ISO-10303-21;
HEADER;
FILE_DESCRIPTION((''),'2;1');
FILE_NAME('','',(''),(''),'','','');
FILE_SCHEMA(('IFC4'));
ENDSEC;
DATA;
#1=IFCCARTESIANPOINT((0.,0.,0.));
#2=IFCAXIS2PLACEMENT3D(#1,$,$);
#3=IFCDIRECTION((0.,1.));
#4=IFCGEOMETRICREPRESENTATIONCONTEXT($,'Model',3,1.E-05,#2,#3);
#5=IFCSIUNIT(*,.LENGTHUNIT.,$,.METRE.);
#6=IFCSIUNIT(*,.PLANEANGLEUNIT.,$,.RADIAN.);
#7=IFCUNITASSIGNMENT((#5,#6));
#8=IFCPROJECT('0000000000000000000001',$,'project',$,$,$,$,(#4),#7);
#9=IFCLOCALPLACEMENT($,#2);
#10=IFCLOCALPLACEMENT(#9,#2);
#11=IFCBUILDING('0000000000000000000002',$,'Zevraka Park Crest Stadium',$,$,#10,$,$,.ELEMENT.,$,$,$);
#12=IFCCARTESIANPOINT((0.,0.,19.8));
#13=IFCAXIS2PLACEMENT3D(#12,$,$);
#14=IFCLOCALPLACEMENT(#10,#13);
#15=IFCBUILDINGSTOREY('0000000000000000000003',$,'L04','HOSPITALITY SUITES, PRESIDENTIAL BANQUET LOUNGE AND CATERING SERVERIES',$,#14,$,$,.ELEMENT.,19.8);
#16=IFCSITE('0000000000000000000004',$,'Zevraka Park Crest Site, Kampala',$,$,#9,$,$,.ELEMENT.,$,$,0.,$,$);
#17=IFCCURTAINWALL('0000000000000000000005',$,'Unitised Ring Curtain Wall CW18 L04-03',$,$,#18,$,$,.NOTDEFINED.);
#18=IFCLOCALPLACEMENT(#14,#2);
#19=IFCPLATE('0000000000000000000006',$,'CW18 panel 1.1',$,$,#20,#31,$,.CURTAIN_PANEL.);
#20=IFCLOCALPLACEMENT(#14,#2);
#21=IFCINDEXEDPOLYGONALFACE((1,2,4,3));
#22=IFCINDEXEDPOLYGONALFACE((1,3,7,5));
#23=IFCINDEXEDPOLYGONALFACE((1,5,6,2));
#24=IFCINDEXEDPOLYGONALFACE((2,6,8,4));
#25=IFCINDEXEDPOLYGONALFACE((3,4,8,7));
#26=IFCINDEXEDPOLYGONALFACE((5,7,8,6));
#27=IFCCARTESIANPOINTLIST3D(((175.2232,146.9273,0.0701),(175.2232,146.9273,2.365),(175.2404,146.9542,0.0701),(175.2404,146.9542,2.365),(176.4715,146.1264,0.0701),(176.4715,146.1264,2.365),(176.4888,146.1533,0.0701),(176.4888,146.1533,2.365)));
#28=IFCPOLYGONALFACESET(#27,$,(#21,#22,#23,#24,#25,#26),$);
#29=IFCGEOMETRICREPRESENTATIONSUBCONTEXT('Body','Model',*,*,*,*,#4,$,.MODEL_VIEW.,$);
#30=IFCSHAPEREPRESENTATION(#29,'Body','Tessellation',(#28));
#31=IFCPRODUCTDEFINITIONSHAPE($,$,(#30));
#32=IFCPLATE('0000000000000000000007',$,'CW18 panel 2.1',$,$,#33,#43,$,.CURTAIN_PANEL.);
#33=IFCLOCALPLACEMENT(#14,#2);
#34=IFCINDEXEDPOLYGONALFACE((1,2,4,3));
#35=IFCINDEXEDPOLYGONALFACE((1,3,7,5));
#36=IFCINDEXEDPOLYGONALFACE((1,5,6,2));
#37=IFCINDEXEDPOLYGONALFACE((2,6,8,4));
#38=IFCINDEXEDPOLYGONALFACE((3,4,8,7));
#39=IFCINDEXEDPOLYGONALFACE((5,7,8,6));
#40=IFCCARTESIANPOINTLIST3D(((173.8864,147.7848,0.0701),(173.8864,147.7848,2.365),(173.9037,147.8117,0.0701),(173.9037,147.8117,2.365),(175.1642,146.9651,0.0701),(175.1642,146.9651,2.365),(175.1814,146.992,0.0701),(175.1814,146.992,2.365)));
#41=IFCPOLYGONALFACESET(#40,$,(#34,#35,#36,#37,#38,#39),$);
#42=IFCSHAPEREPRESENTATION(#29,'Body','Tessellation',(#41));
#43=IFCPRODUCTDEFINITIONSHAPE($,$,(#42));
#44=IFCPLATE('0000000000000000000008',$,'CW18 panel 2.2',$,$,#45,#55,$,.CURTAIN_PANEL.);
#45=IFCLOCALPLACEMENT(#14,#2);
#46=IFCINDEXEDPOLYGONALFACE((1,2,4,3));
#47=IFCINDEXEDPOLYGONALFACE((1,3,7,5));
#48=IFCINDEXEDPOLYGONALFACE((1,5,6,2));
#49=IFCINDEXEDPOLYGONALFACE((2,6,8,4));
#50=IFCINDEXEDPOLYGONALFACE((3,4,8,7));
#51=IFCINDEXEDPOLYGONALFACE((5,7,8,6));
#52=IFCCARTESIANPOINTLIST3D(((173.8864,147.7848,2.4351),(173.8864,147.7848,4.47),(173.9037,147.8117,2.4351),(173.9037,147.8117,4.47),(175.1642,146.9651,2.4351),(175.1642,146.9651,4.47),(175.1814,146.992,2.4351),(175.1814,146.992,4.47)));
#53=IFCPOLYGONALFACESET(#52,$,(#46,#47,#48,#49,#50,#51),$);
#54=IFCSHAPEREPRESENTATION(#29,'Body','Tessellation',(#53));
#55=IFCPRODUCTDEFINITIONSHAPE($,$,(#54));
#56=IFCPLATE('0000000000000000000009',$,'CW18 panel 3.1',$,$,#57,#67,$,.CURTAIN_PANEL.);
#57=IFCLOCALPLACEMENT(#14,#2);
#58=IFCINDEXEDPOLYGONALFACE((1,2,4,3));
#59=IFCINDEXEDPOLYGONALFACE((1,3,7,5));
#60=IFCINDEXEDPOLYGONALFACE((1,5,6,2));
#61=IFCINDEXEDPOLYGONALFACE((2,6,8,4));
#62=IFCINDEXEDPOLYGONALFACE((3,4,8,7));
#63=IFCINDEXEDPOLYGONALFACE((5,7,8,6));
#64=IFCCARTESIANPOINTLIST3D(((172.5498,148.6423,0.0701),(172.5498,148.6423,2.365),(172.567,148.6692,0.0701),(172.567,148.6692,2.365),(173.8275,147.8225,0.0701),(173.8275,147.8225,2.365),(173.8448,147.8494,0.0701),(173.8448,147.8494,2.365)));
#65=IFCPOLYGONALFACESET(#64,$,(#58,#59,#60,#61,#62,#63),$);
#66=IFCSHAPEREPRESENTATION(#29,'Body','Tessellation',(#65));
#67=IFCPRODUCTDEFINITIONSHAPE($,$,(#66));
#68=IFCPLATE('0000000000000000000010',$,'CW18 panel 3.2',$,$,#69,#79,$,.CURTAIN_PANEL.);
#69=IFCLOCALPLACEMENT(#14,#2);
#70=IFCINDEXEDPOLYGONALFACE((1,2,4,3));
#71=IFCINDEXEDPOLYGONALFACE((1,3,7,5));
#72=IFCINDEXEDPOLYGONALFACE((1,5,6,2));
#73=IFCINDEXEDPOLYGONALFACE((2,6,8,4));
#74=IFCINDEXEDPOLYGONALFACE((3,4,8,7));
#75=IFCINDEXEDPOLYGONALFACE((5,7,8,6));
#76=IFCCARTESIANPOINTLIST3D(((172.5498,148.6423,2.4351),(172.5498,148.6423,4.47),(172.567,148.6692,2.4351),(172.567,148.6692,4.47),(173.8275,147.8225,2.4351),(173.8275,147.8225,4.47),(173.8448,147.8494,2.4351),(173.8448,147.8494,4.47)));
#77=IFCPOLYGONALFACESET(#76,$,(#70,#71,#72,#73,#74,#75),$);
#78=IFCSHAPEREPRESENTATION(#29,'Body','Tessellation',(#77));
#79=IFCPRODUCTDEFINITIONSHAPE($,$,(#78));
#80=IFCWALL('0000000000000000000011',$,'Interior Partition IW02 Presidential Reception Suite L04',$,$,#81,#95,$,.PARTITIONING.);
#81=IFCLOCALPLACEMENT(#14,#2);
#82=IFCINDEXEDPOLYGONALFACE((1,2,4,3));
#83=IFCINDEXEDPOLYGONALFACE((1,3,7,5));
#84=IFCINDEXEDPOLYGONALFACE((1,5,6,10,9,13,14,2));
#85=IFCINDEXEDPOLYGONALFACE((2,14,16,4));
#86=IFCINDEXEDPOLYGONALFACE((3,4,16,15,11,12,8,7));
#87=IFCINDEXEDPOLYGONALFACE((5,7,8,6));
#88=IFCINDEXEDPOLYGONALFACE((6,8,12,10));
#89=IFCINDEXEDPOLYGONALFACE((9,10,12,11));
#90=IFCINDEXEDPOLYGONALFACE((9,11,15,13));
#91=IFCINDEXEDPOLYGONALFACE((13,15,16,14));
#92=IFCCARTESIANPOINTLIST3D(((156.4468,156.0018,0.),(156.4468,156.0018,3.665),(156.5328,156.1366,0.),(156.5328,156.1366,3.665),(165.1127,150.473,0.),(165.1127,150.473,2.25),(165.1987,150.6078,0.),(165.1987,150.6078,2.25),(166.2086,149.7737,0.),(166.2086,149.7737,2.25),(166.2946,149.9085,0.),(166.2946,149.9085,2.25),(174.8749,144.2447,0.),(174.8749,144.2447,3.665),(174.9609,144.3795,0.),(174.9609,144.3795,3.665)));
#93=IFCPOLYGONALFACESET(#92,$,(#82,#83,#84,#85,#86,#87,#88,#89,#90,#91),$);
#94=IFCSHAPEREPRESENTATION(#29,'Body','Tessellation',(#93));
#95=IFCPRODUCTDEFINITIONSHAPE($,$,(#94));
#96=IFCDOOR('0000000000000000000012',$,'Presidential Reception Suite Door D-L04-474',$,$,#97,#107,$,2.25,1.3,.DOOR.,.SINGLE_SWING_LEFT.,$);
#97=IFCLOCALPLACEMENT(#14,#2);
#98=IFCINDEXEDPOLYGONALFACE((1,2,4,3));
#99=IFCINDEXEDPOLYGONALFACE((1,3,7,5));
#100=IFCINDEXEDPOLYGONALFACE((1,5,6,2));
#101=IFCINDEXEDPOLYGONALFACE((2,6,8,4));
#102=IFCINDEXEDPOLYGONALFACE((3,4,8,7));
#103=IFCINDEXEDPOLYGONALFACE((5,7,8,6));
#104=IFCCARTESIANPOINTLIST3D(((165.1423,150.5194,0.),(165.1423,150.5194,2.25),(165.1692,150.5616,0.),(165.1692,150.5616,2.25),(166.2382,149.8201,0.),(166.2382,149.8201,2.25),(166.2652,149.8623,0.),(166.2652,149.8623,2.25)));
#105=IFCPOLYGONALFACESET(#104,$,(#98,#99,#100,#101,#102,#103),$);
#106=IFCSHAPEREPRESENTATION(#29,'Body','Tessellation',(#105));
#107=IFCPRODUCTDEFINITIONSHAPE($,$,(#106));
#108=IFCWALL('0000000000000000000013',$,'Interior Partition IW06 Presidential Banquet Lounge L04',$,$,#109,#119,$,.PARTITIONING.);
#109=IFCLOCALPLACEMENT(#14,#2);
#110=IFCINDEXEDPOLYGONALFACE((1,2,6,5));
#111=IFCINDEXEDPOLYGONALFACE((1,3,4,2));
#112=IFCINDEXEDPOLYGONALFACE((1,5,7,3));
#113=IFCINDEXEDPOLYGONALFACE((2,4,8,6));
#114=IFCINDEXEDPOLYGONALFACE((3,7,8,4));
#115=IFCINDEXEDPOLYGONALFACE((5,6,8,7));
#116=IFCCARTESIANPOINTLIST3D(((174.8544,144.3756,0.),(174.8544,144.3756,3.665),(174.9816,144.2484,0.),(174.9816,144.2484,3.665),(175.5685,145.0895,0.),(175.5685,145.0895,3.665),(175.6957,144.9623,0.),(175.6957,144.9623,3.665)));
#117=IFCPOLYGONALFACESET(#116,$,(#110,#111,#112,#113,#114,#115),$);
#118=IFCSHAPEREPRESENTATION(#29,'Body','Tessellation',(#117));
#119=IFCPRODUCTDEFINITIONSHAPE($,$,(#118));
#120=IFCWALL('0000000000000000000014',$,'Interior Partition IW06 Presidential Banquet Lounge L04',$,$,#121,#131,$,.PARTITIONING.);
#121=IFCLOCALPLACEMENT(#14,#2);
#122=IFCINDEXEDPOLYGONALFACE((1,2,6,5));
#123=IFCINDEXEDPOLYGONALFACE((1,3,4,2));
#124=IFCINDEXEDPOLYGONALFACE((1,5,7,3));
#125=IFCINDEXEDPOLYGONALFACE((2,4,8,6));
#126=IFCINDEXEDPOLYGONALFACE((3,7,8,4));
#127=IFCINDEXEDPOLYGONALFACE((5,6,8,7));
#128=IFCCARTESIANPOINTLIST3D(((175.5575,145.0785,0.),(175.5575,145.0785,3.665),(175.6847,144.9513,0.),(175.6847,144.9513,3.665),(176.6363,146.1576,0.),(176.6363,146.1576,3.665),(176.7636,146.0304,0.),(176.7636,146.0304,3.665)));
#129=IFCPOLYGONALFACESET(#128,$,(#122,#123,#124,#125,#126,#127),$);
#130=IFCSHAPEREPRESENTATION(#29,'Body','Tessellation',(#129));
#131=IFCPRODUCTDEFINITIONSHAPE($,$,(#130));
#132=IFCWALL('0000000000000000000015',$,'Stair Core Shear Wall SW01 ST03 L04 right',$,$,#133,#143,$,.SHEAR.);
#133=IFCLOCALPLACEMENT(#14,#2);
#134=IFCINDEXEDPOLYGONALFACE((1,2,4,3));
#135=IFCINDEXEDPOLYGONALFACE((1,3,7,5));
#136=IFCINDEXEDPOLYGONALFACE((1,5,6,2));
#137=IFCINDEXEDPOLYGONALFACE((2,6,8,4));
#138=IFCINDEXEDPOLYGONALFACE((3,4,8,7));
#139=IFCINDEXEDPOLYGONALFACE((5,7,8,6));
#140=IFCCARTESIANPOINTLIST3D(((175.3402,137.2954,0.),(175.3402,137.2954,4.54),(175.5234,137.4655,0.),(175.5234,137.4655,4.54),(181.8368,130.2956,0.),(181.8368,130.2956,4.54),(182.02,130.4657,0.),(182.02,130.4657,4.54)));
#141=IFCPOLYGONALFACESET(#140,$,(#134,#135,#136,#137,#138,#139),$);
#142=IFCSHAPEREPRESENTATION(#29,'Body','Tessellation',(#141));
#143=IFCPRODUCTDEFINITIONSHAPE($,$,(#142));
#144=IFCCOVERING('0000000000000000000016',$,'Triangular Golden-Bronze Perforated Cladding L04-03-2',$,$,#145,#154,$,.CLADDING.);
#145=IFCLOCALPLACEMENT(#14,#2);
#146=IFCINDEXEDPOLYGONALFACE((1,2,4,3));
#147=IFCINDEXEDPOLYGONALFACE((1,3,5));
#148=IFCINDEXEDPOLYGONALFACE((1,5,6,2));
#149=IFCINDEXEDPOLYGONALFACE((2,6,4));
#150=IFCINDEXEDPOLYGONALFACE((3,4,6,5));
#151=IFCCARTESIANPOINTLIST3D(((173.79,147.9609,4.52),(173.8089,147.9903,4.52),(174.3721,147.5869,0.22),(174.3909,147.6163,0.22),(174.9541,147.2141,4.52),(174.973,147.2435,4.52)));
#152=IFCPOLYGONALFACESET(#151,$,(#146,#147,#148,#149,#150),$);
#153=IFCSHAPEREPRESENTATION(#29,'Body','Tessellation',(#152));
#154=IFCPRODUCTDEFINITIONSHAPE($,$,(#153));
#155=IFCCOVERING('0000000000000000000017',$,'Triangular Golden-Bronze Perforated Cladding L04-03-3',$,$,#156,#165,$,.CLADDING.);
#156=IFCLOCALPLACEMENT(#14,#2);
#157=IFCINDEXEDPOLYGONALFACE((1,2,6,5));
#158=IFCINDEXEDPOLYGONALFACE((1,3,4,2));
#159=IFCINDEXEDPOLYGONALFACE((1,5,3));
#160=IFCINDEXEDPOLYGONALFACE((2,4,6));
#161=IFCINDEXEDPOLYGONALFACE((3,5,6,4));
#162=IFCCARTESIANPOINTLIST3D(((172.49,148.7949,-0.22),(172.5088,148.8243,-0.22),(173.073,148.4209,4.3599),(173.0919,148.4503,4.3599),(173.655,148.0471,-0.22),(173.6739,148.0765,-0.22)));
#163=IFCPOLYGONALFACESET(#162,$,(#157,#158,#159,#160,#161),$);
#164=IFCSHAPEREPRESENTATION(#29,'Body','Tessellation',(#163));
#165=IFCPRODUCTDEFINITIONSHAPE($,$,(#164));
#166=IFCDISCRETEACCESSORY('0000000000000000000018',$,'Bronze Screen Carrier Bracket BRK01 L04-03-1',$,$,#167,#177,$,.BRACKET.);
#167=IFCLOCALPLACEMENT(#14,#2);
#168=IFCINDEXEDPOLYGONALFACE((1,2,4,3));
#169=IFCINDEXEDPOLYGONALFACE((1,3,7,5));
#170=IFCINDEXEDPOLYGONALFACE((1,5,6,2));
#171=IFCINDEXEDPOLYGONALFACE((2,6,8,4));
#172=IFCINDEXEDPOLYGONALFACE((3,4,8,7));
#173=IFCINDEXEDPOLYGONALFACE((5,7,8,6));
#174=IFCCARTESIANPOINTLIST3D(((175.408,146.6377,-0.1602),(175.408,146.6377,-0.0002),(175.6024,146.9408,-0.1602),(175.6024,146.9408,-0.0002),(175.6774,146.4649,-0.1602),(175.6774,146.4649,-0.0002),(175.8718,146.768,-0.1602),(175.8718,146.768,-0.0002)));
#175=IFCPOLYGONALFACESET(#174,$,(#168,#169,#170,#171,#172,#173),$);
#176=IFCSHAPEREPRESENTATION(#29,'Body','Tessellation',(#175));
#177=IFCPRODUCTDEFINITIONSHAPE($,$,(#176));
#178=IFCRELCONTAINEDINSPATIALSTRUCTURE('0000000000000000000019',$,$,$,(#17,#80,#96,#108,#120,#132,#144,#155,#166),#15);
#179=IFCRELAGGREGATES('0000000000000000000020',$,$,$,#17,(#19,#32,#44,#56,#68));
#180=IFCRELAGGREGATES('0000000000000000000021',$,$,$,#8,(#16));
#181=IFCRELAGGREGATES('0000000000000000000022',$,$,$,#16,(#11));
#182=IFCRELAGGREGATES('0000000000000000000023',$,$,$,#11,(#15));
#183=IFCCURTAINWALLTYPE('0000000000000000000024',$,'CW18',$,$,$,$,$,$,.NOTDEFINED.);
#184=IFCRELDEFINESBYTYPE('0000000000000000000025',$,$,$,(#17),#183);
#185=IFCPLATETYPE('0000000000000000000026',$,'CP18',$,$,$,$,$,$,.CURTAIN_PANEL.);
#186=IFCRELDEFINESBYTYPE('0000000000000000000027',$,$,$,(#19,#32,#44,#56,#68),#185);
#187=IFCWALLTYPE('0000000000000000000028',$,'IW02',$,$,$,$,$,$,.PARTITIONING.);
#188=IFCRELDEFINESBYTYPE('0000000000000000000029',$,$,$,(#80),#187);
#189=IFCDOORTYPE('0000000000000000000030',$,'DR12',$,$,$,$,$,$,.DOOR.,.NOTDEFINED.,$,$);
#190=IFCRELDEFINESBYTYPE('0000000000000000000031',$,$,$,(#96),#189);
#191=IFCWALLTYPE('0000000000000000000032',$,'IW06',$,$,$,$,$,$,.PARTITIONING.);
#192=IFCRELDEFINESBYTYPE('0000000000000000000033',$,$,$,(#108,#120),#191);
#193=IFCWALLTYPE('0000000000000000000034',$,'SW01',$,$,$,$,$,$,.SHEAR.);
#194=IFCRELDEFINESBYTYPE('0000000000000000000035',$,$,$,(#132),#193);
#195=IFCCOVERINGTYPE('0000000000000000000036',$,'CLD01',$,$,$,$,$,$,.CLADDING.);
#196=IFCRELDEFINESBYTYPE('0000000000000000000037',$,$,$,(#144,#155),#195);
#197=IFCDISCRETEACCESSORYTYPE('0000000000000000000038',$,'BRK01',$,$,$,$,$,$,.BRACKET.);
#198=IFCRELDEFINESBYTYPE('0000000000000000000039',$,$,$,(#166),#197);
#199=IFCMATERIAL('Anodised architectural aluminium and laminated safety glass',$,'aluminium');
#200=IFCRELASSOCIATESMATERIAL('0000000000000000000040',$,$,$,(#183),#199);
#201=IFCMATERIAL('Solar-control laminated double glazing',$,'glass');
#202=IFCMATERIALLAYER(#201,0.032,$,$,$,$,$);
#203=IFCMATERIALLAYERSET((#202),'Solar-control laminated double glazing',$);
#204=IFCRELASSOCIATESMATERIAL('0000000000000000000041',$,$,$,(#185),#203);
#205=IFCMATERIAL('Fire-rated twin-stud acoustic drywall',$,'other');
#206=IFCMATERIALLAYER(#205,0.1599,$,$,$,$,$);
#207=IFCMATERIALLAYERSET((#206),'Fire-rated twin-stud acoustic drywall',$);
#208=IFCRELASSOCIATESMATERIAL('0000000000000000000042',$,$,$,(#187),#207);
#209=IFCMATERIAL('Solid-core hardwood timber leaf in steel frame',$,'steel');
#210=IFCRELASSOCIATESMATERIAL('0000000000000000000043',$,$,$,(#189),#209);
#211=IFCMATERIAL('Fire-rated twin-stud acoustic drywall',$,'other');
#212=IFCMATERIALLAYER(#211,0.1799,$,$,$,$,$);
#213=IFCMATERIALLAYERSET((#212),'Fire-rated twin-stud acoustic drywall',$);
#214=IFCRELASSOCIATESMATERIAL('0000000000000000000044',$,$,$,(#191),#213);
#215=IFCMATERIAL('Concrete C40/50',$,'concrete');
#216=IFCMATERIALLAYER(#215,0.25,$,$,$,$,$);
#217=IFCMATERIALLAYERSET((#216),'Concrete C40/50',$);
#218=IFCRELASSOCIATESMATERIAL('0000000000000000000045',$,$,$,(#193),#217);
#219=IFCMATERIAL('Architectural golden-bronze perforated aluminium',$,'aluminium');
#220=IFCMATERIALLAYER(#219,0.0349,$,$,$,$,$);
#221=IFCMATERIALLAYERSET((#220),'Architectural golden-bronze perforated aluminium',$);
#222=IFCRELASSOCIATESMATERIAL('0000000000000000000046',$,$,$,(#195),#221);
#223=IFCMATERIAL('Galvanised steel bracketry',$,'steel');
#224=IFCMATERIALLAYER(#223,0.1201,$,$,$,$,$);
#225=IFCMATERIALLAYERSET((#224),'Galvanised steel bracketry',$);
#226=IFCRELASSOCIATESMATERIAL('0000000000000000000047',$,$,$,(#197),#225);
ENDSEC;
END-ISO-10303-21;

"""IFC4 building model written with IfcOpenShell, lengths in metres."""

from ifc_helpers import new_model, si_unit, direction, frame, frame_2d, origin, origin_2d, place, context, subcontext, project, spatial, polyline, rectangle, outline, extrude, material, layer, layer_set, type_object, element, fill, aggregate, save


model = new_model("IFC4")

# Units and contexts
model_context = context("Model", 3, precision=1e-05, world=origin(), true_north=direction((0.0, 1.0)))
body_context = subcontext(model_context, "Body", "Model", "MODEL_VIEW")
ifc_project = project(units=[si_unit("LENGTHUNIT", "METRE"), si_unit("PLANEANGLEUNIT", "RADIAN")], contexts=[model_context])

# Site, building, storey
site_placement = place(None, origin())
site = spatial("IfcSite", under=ifc_project, at=site_placement, Name="Zevraka Park Crest Site, Kampala", CompositionType="ELEMENT", RefElevation=0.0)
building_placement = place(site_placement, origin())
building = spatial("IfcBuilding", under=site, at=building_placement, Name="Zevraka Park Crest Stadium", CompositionType="ELEMENT")
storey_placement = place(building_placement, frame((0.0, 0.0, 19.8)))
storey = spatial("IfcBuildingStorey", under=building, at=storey_placement, Name="L04", Description="HOSPITALITY SUITES, PRESIDENTIAL BANQUET LOUNGE AND CATERING SERVERIES", CompositionType="ELEMENT", Elevation=19.8)

# Curtain wall
ifc_material_1 = material(Name="Anodised architectural aluminium and laminated safety glass", Category="aluminium")
curtain_wall_type = type_object("IfcCurtainWallType", Name="CW18", PredefinedType="NOTDEFINED", material=ifc_material_1)
curtain_wall_placement = place(storey_placement, origin())
curtain_wall = element("IfcCurtainWall", 1, at=curtain_wall_placement, inside=storey, type_object=curtain_wall_type, Name="Unitised Ring Curtain Wall CW18 L04-03", PredefinedType="NOTDEFINED")

# Plates
ifc_material_2 = material(Name="Solar-control laminated double glazing", Category="glass")
ifc_layer_1 = layer(ifc_material_2, 0.032)
ifc_layer_set_1 = layer_set([ifc_layer_1], Name="Solar-control laminated double glazing")
plate_type = type_object("IfcPlateType", Name="CP18", PredefinedType="CURTAIN_PANEL", material=ifc_layer_set_1)
plate_1_placement = place(storey_placement, frame((175.856, 146.5403, 0.0701), z_axis=(0.0, 0.0, 1.0), x_axis=(-0.841678, 0.53998, 0.0)))
plate_1 = element("IfcPlate", 2, at=plate_1_placement, type_object=plate_type, Name="CW18 panel 1.1", PredefinedType="CURTAIN_PANEL", context=body_context, shape_type="SweptSolid", body=[
    extrude(rectangle(XDim=1.4832, YDim=0.032, at=origin_2d()), origin(), (0.0, 0.0, 1.0), 2.2949),
])
plate_2_placement = place(storey_placement, frame((174.5339, 147.3884, 0.0701), z_axis=(0.0, 0.0, 1.0), x_axis=(-0.841678, 0.53998, 0.0)))
plate_2 = element("IfcPlate", 3, at=plate_2_placement, type_object=plate_type, Name="CW18 panel 2.1", PredefinedType="CURTAIN_PANEL", context=body_context, shape_type="SweptSolid", body=[
    extrude(rectangle(XDim=1.5181, YDim=0.032, at=origin_2d()), origin(), (0.0, 0.0, 1.0), 2.2949),
])
plate_3_placement = place(storey_placement, frame((174.5339, 147.3884, 2.4351), z_axis=(0.0, 0.0, 1.0), x_axis=(-0.841678, 0.53998, 0.0)))
plate_3 = element("IfcPlate", 4, at=plate_3_placement, type_object=plate_type, Name="CW18 panel 2.2", PredefinedType="CURTAIN_PANEL", context=body_context, shape_type="SweptSolid", body=[
    extrude(rectangle(XDim=1.5181, YDim=0.032, at=origin_2d()), origin(), (0.0, 0.0, 1.0), 2.0349),
])
plate_4_placement = place(storey_placement, frame((173.1973, 148.2458, 0.0701), z_axis=(0.0, 0.0, 1.0), x_axis=(-0.841678, 0.53998, 0.0)))
plate_4 = element("IfcPlate", 5, at=plate_4_placement, type_object=plate_type, Name="CW18 panel 3.1", PredefinedType="CURTAIN_PANEL", context=body_context, shape_type="SweptSolid", body=[
    extrude(rectangle(XDim=1.5181, YDim=0.032, at=origin_2d()), origin(), (0.0, 0.0, 1.0), 2.2949),
])
plate_5_placement = place(storey_placement, frame((173.1973, 148.2458, 2.4351), z_axis=(0.0, 0.0, 1.0), x_axis=(-0.841678, 0.53998, 0.0)))
plate_5 = element("IfcPlate", 6, at=plate_5_placement, type_object=plate_type, Name="CW18 panel 3.2", PredefinedType="CURTAIN_PANEL", context=body_context, shape_type="SweptSolid", body=[
    extrude(rectangle(XDim=1.5181, YDim=0.032, at=origin_2d()), origin(), (0.0, 0.0, 1.0), 2.0349),
])
aggregate(curtain_wall, [plate_1, plate_2, plate_3, plate_4, plate_5])

# Wall, opening, door
ifc_material_3 = material(Name="Fire-rated twin-stud acoustic drywall", Category="other")
ifc_layer_2 = layer(ifc_material_3, 0.1599)
ifc_layer_set_2 = layer_set([ifc_layer_2], Name="Fire-rated twin-stud acoustic drywall")
wall_type_1 = type_object("IfcWallType", Name="IW02", PredefinedType="PARTITIONING", material=ifc_layer_set_2)
wall_1_placement = place(storey_placement, frame((174.918, 144.312, 0.0), z_axis=(0.0, 0.0, 1.0), x_axis=(-0.843035, 0.537858, 0.0)))
wall_1 = element("IfcWall", 7, at=wall_1_placement, inside=storey, type_object=wall_type_1, Name="Interior Partition IW02 Presidential Reception Suite L04", PredefinedType="PARTITIONING", context=body_context, shape_type="SweptSolid", body=[
    extrude(rectangle(XDim=21.8591, YDim=0.1599, at=frame_2d((10.9297, 0.0))), origin(), (0.0, 0.0, 1.0), 3.665),
])
opening_placement = place(wall_1_placement, frame((10.28, 0.0, 0.0)))
opening = element("IfcOpeningElement", 8, at=opening_placement, cuts=wall_1, PredefinedType="OPENING", context=body_context, shape_type="SweptSolid", body=[
    extrude(rectangle(XDim=1.3, YDim=2.25, at=frame_2d((0.6499, 1.125))), frame((0.0, 0.0898, 0.0), z_axis=(0.0, -1.0, 0.0), x_axis=(1.0, 0.0, 0.0)), (0.0, 0.0, 1.0), 0.1799),
])
ifc_material_4 = material(Name="Solid-core hardwood timber leaf in steel frame", Category="steel")
door_type = type_object("IfcDoorType", Name="DR12", OperationType="NOTDEFINED", PredefinedType="DOOR", material=ifc_material_4)
door_placement = place(opening_placement, origin())
door = element("IfcDoor", 9, at=door_placement, inside=storey, type_object=door_type, Name="Presidential Reception Suite Door D-L04-474", OperationType="SINGLE_SWING_LEFT", OverallHeight=2.25, OverallWidth=1.3, PredefinedType="DOOR", context=body_context, shape_type="SweptSolid", body=[
    extrude(rectangle(XDim=1.3, YDim=2.25, at=frame_2d((0.6499, 1.125))), frame((0.0, 0.0249, 0.0), z_axis=(0.0, -1.0, 0.0), x_axis=(1.0, 0.0, 0.0)), (0.0, 0.0, 1.0), 0.05),
])
fill(opening, door)

# Walls
ifc_material_5 = material(Name="Fire-rated twin-stud acoustic drywall", Category="other")
ifc_layer_3 = layer(ifc_material_5, 0.1799)
ifc_layer_set_3 = layer_set([ifc_layer_3], Name="Fire-rated twin-stud acoustic drywall")
wall_type_2 = type_object("IfcWallType", Name="IW06", PredefinedType="PARTITIONING", material=ifc_layer_set_3)
wall_2_placement = place(storey_placement, frame((174.918, 144.312, 0.0), z_axis=(0.0, 0.0, 1.0), x_axis=(0.707228, 0.706986, 0.0)))
element("IfcWall", 10, at=wall_2_placement, inside=storey, type_object=wall_type_2, Name="Interior Partition IW06 Presidential Banquet Lounge L04", PredefinedType="PARTITIONING", context=body_context, shape_type="SweptSolid", body=[
    extrude(rectangle(XDim=1.0098, YDim=0.1799, at=frame_2d((0.5049, 0.0))), origin(), (0.0, 0.0, 1.0), 3.665),
])
wall_3_placement = place(storey_placement, frame((175.6211, 145.0149, 0.0), z_axis=(0.0, 0.0, 1.0), x_axis=(0.707027, 0.707187, 0.0)))
element("IfcWall", 11, at=wall_3_placement, inside=storey, type_object=wall_type_2, Name="Interior Partition IW06 Presidential Banquet Lounge L04", PredefinedType="PARTITIONING", context=body_context, shape_type="SweptSolid", body=[
    extrude(rectangle(XDim=1.5259, YDim=0.1799, at=frame_2d((0.7629, 0.0))), origin(), (0.0, 0.0, 1.0), 3.665),
])
ifc_material_6 = material(Name="Concrete C40/50", Category="concrete")
ifc_layer_4 = layer(ifc_material_6, 0.25)
ifc_layer_set_4 = layer_set([ifc_layer_4], Name="Concrete C40/50")
wall_type_3 = type_object("IfcWallType", Name="SW01", PredefinedType="SHEAR", material=ifc_layer_set_4)
wall_4_placement = place(storey_placement, frame((175.4319, 137.3804, 0.0), z_axis=(0.0, 0.0, 1.0), x_axis=(0.680272, -0.73296, 0.0)))
element("IfcWall", 12, at=wall_4_placement, inside=storey, type_object=wall_type_3, Name="Stair Core Shear Wall SW01 ST03 L04 right", PredefinedType="SHEAR", context=body_context, shape_type="SweptSolid", body=[
    extrude(rectangle(XDim=9.55, YDim=0.25, at=frame_2d((4.7749, 0.0))), origin(), (0.0, 0.0, 1.0), 4.54),
])

# Coverings
ifc_material_7 = material(Name="Architectural golden-bronze perforated aluminium", Category="aluminium")
ifc_layer_5 = layer(ifc_material_7, 0.0349)
ifc_layer_set_5 = layer_set([ifc_layer_5], Name="Architectural golden-bronze perforated aluminium")
covering_type = type_object("IfcCoveringType", Name="CLD01", PredefinedType="CLADDING", material=ifc_layer_set_5)
covering_1_placement = place(storey_placement, frame((173.79, 147.9609, 4.52), z_axis=(-0.53999, -0.841671, 0.000119), x_axis=(0.841671, -0.53999, 0.0)))
element("IfcCovering", 13, at=covering_1_placement, inside=storey, type_object=covering_type, Name="Triangular Golden-Bronze Perforated Cladding L04-03-2", PredefinedType="CLADDING", context=body_context, shape_type="SweptSolid", body=[
    extrude(outline(polyline([(0.0, 0.0), (1.383, 0.0), (0.6918, -4.3), (0.0, 0.0)])), origin(), (0.0, 0.0, -1.0), 0.0349),
])
covering_2_placement = place(storey_placement, frame((173.655, 148.0471, -0.22), z_axis=(-0.540169, -0.841556, 0.000035), x_axis=(-0.841556, 0.540169, 0.0)))
element("IfcCovering", 14, at=covering_2_placement, inside=storey, type_object=covering_type, Name="Triangular Golden-Bronze Perforated Cladding L04-03-3", PredefinedType="CLADDING", context=body_context, shape_type="SweptSolid", body=[
    extrude(outline(polyline([(0.0, 0.0), (1.3844, 0.0), (0.6917, -4.5798), (0.0, 0.0)])), origin(), (0.0, 0.0, -1.0), 0.0349),
])

# Discrete accessory
ifc_material_8 = material(Name="Galvanised steel bracketry", Category="steel")
ifc_layer_6 = layer(ifc_material_8, 0.1201)
ifc_layer_set_6 = layer_set([ifc_layer_6], Name="Galvanised steel bracketry")
discrete_accessory_type = type_object("IfcDiscreteAccessoryType", Name="BRK01", PredefinedType="BRACKET", material=ifc_layer_set_6)
for number, where, z_axis, x_axis, name in (
    (15, (175.6399, 146.7029, -0.1602), (0.0, 0.0, 1.0), (-0.841699, 0.539947, 0.0), "Bronze Screen Carrier Bracket BRK01 L04-03-1"),
):
    element("IfcDiscreteAccessory", number, at=place(storey_placement, frame(where, z_axis=z_axis, x_axis=x_axis)), inside=storey, type_object=discrete_accessory_type, Name=name, PredefinedType="BRACKET", context=body_context, shape_type="SweptSolid", body=[
        extrude(rectangle(XDim=0.3201, YDim=0.3601, at=origin_2d()), origin(), (0.0, 0.0, 1.0), 0.1599),
    ])

save(model, "model.ifc")
